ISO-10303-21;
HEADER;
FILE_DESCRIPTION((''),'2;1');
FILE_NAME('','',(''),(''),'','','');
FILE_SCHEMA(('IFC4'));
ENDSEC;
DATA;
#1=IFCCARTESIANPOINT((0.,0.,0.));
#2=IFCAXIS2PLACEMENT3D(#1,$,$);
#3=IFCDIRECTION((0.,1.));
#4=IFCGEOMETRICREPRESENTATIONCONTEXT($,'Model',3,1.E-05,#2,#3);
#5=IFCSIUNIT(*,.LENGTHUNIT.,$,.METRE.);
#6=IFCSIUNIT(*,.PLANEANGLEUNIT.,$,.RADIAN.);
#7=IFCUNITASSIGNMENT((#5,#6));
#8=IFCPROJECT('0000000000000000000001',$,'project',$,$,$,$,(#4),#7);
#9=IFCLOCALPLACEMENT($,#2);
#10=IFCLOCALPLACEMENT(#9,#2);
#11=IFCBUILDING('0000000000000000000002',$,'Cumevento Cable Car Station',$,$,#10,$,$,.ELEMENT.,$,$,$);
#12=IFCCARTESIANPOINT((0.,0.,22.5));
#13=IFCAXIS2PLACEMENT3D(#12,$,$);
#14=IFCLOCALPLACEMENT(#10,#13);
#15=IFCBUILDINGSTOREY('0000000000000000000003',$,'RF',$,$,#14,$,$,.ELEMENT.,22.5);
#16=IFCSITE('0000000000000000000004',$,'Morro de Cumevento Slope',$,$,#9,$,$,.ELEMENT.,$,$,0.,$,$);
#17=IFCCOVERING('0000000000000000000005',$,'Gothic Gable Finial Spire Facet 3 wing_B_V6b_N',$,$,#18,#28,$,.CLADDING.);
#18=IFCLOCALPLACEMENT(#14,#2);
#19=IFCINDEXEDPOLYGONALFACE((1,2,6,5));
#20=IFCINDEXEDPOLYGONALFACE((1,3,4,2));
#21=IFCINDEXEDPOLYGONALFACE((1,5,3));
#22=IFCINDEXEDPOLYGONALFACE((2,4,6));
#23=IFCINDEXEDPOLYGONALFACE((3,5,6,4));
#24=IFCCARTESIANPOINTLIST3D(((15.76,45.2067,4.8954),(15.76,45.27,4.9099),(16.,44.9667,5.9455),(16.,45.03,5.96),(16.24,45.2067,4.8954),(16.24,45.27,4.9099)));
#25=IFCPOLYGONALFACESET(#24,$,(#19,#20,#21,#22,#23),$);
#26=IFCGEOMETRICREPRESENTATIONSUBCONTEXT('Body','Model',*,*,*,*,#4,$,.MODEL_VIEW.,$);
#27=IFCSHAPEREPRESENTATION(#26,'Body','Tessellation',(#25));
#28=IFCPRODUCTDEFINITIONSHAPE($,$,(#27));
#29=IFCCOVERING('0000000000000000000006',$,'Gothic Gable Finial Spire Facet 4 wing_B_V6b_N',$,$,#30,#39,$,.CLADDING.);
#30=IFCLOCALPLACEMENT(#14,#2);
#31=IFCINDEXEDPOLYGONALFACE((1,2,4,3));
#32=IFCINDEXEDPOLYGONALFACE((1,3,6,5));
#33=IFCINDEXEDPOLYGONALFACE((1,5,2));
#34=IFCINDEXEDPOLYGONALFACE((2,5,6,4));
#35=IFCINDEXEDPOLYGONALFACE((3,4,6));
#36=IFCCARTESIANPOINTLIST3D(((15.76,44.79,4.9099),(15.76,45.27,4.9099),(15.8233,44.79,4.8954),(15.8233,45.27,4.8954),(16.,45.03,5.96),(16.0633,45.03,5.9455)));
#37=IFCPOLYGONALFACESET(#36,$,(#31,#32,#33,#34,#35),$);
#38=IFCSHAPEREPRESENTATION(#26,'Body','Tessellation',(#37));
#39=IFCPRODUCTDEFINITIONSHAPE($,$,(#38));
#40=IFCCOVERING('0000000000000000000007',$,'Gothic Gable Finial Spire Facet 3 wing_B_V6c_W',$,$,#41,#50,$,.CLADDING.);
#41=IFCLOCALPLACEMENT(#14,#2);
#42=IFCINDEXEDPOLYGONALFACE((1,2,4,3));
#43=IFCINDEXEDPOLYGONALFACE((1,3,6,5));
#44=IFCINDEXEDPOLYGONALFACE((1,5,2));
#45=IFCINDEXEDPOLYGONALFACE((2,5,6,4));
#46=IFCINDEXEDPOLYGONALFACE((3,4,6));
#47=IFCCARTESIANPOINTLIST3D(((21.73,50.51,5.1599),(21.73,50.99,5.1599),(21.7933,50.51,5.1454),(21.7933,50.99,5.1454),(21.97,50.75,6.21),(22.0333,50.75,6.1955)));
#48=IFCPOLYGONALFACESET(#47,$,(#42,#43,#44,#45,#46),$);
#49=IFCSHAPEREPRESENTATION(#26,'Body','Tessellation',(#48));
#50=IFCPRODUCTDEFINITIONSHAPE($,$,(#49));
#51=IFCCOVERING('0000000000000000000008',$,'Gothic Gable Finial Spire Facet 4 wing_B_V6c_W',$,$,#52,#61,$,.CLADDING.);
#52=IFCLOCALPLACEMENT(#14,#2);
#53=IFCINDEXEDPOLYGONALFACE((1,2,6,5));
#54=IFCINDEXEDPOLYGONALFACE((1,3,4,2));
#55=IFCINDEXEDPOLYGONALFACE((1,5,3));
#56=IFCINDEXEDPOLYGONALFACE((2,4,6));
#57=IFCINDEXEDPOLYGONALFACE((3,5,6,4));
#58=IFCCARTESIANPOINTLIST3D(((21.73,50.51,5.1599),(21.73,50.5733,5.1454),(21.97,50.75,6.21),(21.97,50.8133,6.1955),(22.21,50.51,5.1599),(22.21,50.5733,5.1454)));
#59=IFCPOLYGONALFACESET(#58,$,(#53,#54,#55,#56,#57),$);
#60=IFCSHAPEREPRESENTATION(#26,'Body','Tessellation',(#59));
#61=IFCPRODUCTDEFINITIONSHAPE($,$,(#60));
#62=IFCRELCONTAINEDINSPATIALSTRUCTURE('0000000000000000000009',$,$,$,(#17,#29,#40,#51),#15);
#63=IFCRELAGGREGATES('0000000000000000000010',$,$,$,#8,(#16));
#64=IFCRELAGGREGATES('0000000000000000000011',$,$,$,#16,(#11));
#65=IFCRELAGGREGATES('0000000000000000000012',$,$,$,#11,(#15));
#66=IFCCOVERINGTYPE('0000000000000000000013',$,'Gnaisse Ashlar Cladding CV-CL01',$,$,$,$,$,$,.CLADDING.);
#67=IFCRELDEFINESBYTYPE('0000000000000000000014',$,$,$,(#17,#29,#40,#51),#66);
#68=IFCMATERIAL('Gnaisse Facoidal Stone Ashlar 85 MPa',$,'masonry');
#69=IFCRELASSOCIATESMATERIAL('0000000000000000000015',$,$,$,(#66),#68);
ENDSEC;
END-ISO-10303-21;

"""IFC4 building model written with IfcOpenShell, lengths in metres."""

from ifc_helpers import new_model, si_unit, direction, frame, origin, place, context, subcontext, project, spatial, polyline, outline, extrude, material, type_object, element, save


model = new_model("IFC4")

# Units and contexts
model_context = context("Model", 3, precision=1e-05, world=origin(), true_north=direction((0.0, 1.0)))
body_context = subcontext(model_context, "Body", "Model", "MODEL_VIEW")
ifc_project = project(units=[si_unit("LENGTHUNIT", "METRE"), si_unit("PLANEANGLEUNIT", "RADIAN")], contexts=[model_context])

# Site, building, storey
site_placement = place(None, origin())
site = spatial("IfcSite", under=ifc_project, at=site_placement, Name="Morro de Cumevento Slope", CompositionType="ELEMENT", RefElevation=0.0)
building_placement = place(site_placement, origin())
building = spatial("IfcBuilding", under=site, at=building_placement, Name="Cumevento Cable Car Station", CompositionType="ELEMENT")
storey_placement = place(building_placement, frame((0.0, 0.0, 22.5)))
storey = spatial("IfcBuildingStorey", under=building, at=storey_placement, Name="RF", CompositionType="ELEMENT", Elevation=22.5)

# Coverings
ifc_material_1 = material(Name="Gnaisse Facoidal Stone Ashlar 85 MPa", Category="masonry")
covering_type_1 = type_object("IfcCoveringType", Name="Gnaisse Ashlar Cladding CV-CL01", PredefinedType="CLADDING", material=ifc_material_1)
for number, where, z_axis, x_axis, name in (
    (1, (16.24, 45.27, 4.9099), (0.0, 0.974863, 0.222806), (-1.0, 0.0, 0.0), "Gothic Gable Finial Spire Facet 3 wing_B_V6b_N"),
    (2, (15.76, 45.27, 4.9099), (-0.974863, 0.0, 0.222806), (0.0, -1.0, 0.0), "Gothic Gable Finial Spire Facet 4 wing_B_V6b_N"),
    (3, (21.73, 50.99, 5.1599), (-0.974863, 0.0, 0.222806), (0.0, -1.0, 0.0), "Gothic Gable Finial Spire Facet 3 wing_B_V6c_W"),
    (4, (21.73, 50.51, 5.1599), (0.0, -0.974863, 0.222806), (1.0, 0.0, 0.0), "Gothic Gable Finial Spire Facet 4 wing_B_V6c_W"),
):
    element("IfcCovering", number, at=place(storey_placement, frame(where, z_axis=z_axis, x_axis=x_axis)), inside=storey, type_object=covering_type_1, Name=name, PredefinedType="CLADDING", context=body_context, shape_type="SweptSolid", body=[
        extrude(outline(polyline([(0.0, 0.0), (0.48, 0.0), (0.24, 1.0771), (0.0, 0.0)])), origin(), (0.0, 0.0, -1.0), 0.0649),
    ])

save(model, "model.ifc")
